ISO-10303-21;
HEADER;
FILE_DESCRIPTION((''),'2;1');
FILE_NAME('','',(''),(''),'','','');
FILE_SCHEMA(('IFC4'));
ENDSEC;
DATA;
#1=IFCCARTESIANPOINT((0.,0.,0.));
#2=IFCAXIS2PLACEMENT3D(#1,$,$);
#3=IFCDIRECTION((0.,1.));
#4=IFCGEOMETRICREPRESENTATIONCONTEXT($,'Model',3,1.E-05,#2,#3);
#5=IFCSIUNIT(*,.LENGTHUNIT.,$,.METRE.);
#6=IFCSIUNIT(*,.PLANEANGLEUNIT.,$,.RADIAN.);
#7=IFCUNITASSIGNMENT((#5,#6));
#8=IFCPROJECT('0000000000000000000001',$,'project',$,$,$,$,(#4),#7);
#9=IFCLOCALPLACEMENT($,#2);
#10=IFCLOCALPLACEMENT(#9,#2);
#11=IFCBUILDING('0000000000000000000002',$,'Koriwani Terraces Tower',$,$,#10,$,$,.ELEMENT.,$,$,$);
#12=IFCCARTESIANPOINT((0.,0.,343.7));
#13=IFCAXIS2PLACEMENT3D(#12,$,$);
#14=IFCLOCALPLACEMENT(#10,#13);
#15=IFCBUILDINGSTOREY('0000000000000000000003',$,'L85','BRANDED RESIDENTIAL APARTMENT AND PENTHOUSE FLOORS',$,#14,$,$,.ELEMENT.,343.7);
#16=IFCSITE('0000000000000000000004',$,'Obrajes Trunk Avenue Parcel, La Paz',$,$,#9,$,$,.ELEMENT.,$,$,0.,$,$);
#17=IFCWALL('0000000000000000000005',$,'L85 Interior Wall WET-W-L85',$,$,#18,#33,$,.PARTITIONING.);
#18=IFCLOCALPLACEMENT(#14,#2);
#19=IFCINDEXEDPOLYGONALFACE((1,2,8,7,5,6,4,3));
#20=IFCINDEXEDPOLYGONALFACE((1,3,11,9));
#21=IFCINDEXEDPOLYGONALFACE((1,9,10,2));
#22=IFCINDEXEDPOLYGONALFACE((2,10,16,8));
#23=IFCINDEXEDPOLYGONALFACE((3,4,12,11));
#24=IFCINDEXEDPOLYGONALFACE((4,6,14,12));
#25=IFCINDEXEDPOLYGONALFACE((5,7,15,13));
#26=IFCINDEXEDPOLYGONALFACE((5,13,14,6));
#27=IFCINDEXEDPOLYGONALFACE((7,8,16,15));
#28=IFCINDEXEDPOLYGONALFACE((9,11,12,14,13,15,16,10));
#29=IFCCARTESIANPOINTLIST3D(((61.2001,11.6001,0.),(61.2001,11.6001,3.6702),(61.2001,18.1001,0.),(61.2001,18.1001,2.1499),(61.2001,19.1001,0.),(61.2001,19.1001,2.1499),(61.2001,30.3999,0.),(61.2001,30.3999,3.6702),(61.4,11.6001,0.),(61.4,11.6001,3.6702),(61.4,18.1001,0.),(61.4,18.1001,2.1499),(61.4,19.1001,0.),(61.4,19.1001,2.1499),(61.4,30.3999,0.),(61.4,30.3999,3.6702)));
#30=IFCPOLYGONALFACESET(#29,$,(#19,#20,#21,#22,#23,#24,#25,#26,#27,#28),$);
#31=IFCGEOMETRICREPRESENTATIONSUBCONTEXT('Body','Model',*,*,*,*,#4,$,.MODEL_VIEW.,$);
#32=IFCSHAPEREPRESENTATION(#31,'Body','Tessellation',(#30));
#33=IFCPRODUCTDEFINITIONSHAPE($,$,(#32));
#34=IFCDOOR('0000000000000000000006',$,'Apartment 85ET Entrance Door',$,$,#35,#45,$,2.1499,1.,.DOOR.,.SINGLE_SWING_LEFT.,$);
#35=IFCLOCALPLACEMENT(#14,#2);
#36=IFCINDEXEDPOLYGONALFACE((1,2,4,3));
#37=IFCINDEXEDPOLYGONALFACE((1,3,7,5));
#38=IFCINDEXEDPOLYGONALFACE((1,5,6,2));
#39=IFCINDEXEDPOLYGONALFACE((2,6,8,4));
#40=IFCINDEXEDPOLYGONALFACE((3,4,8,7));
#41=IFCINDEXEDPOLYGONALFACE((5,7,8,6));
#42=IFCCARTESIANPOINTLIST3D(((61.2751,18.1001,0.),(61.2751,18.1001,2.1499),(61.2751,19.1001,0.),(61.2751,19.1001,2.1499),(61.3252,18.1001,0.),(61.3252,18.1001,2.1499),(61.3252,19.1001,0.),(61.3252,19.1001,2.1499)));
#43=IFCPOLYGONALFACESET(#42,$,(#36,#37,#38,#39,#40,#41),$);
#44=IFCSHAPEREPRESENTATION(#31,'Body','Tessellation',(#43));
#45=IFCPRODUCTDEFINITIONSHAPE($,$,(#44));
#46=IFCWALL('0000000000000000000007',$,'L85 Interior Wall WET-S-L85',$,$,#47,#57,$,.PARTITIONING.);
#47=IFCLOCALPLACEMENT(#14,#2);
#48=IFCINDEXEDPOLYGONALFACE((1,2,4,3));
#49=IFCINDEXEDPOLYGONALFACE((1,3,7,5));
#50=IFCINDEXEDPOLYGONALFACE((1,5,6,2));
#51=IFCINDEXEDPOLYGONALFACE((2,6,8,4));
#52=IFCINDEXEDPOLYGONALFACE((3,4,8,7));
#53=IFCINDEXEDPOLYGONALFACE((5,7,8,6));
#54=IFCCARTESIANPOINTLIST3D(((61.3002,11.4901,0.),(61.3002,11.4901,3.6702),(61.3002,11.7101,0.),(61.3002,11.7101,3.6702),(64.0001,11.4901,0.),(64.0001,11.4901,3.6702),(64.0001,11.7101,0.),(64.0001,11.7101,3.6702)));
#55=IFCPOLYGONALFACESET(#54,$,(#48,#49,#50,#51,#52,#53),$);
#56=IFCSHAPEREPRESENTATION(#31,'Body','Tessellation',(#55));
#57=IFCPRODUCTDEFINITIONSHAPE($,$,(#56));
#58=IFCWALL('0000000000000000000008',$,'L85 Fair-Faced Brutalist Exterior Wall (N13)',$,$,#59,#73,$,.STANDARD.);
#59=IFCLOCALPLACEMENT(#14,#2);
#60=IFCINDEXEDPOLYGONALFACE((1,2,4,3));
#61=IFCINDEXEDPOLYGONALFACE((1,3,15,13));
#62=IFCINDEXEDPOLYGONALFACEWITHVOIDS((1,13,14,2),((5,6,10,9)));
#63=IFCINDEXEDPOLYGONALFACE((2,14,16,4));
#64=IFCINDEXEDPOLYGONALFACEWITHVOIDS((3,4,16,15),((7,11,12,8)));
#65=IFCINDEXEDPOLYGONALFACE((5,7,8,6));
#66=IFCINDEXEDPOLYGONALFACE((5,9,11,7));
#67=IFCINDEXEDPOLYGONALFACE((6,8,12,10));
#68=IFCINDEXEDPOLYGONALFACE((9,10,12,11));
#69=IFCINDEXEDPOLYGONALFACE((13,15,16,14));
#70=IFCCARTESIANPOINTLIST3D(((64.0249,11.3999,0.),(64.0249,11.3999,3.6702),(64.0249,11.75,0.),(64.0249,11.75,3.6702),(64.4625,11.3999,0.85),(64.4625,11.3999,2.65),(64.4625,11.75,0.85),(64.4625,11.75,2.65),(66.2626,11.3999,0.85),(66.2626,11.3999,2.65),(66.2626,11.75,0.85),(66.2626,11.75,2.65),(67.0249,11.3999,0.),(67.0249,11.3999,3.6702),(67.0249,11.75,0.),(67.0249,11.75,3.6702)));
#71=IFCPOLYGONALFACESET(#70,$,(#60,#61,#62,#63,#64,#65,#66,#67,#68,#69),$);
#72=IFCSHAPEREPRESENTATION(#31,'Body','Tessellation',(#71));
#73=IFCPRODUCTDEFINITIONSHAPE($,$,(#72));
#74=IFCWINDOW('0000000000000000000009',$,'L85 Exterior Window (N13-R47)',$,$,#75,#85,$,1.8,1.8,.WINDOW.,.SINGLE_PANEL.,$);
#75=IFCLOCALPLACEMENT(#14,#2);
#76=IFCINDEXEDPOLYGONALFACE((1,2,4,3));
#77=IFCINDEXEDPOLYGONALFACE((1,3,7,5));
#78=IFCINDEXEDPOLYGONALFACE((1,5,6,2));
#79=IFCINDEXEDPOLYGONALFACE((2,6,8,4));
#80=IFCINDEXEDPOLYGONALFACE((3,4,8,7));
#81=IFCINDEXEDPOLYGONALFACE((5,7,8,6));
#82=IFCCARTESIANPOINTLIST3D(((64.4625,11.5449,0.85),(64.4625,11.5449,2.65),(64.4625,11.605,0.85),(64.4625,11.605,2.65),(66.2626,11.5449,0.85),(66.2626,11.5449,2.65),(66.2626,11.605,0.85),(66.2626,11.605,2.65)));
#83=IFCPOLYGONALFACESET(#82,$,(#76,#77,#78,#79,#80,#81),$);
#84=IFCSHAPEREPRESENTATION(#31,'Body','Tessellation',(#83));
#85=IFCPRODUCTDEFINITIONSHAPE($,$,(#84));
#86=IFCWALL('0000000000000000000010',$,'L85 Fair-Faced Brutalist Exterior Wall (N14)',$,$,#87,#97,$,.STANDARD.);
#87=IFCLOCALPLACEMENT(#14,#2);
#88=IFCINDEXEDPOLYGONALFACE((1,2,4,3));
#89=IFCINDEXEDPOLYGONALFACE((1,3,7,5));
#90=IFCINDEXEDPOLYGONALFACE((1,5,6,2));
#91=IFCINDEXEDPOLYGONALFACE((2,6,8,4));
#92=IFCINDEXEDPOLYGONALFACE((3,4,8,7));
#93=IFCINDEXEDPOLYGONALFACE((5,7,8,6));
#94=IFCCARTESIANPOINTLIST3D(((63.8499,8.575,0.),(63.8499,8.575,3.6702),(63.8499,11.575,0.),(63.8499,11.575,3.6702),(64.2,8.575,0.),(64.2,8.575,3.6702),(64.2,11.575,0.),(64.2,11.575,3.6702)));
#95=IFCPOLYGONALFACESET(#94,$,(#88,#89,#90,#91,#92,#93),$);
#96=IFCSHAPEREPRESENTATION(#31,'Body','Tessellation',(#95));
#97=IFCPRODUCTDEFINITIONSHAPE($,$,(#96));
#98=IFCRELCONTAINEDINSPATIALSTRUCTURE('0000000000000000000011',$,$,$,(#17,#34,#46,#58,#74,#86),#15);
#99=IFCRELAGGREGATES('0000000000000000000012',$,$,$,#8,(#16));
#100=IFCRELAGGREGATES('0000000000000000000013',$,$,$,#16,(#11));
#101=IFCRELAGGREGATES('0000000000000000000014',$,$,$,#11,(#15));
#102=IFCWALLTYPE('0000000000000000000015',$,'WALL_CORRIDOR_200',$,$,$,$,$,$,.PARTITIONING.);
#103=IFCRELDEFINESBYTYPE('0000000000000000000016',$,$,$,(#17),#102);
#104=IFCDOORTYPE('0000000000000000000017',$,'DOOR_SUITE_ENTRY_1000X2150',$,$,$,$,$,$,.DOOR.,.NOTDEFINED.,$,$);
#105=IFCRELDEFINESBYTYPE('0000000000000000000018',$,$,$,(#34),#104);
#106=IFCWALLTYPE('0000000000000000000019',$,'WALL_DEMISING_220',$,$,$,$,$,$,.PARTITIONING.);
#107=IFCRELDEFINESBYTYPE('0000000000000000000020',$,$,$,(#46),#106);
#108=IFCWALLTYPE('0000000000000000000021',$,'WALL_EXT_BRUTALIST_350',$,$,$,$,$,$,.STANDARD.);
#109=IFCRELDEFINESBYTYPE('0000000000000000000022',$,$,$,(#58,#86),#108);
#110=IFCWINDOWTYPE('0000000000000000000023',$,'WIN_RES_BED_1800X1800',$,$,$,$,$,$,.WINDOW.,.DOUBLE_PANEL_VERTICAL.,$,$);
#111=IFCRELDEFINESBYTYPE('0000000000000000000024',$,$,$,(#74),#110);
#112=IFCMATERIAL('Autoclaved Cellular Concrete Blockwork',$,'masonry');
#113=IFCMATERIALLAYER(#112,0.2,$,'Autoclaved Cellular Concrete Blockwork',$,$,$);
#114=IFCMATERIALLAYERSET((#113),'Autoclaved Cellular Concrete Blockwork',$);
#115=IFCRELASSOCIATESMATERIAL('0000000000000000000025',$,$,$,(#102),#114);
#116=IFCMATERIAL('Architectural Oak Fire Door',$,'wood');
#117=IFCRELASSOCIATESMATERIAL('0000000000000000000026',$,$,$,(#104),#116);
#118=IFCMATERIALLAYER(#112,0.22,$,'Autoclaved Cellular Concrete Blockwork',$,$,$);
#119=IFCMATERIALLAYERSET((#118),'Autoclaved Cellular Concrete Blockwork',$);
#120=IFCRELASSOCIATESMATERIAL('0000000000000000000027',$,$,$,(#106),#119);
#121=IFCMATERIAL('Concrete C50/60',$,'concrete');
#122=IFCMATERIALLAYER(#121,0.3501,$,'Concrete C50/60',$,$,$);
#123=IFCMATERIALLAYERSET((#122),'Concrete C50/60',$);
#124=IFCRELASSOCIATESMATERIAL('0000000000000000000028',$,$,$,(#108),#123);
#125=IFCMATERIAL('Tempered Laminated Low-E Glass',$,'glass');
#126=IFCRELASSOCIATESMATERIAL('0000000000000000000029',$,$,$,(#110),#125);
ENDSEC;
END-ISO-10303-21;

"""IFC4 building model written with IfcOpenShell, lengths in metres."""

from ifc_helpers import new_model, si_unit, direction, frame, frame_2d, origin, place, context, subcontext, project, spatial, rectangle, extrude, material, layer, layer_set, type_object, element, fill, save


model = new_model("IFC4")

# Units and contexts
model_context = context("Model", 3, precision=1e-05, world=origin(), true_north=direction((0.0, 1.0)))
body_context = subcontext(model_context, "Body", "Model", "MODEL_VIEW")
ifc_project = project(units=[si_unit("LENGTHUNIT", "METRE"), si_unit("PLANEANGLEUNIT", "RADIAN")], contexts=[model_context])

# Site, building, storey
site_placement = place(None, origin())
site = spatial("IfcSite", under=ifc_project, at=site_placement, Name="Obrajes Trunk Avenue Parcel, La Paz", CompositionType="ELEMENT", RefElevation=0.0)
building_placement = place(site_placement, origin())
building = spatial("IfcBuilding", under=site, at=building_placement, Name="Koriwani Terraces Tower", CompositionType="ELEMENT")
storey_placement = place(building_placement, frame((0.0, 0.0, 343.7)))
storey = spatial("IfcBuildingStorey", under=building, at=storey_placement, Name="L85", Description="BRANDED RESIDENTIAL APARTMENT AND PENTHOUSE FLOORS", CompositionType="ELEMENT", Elevation=343.7)

# Shared definitions
ifc_material_1 = material(Name="Concrete C50/60", Category="concrete")

# Wall, opening, door
ifc_material_2 = material(Name="Autoclaved Cellular Concrete Blockwork", Category="masonry")
ifc_layer_1 = layer(ifc_material_2, 0.2, Name="Autoclaved Cellular Concrete Blockwork")
ifc_layer_set_1 = layer_set([ifc_layer_1], Name="Autoclaved Cellular Concrete Blockwork")
wall_type_1 = type_object("IfcWallType", Name="WALL_CORRIDOR_200", PredefinedType="PARTITIONING", material=ifc_layer_set_1)
ifc_material_3 = material(Name="Architectural Oak Fire Door", Category="wood")
wall_1_placement = place(storey_placement, frame((61.3, 11.6001, 0.0), z_axis=(0.0, 0.0, 1.0), x_axis=(0.0, 1.0, 0.0)))
wall_1 = element("IfcWall", 1, at=wall_1_placement, inside=storey, type_object=wall_type_1, Name="L85 Interior Wall WET-W-L85", PredefinedType="PARTITIONING", context=body_context, shape_type="SweptSolid", body=[
    extrude(rectangle(XDim=18.7998, YDim=0.2, at=frame_2d((9.3999, 0.0))), origin(), (0.0, 0.0, 1.0), 3.6702),
])
opening_1_placement = place(wall_1_placement, frame((6.5, 0.0, 0.0)))
opening_1 = element("IfcOpeningElement", 2, at=opening_1_placement, cuts=wall_1, PredefinedType="OPENING", context=body_context, shape_type="SweptSolid", body=[
    extrude(rectangle(XDim=1.0, YDim=2.1499, at=frame_2d((0.5, 1.075))), frame((0.0, 0.1099, 0.0), z_axis=(0.0, -1.0, 0.0), x_axis=(1.0, 0.0, 0.0)), (0.0, 0.0, 1.0), 0.22),
])
door_type_1 = type_object("IfcDoorType", Name="DOOR_SUITE_ENTRY_1000X2150", OperationType="NOTDEFINED", PredefinedType="DOOR", material=ifc_material_3)
door_1_placement = place(opening_1_placement, origin())
door_1 = element("IfcDoor", 3, at=door_1_placement, inside=storey, type_object=door_type_1, Name="Apartment 85ET Entrance Door", OperationType="SINGLE_SWING_LEFT", OverallHeight=2.1499, OverallWidth=1.0, PredefinedType="DOOR", context=body_context, shape_type="SweptSolid", body=[
    extrude(rectangle(XDim=1.0, YDim=2.1499, at=frame_2d((0.5, 1.075))), frame((0.0, 0.0249, 0.0), z_axis=(0.0, -1.0, 0.0), x_axis=(1.0, 0.0, 0.0)), (0.0, 0.0, 1.0), 0.05),
])
fill(opening_1, door_1)

# Wall
ifc_layer_2 = layer(ifc_material_2, 0.22, Name="Autoclaved Cellular Concrete Blockwork")
ifc_layer_set_2 = layer_set([ifc_layer_2], Name="Autoclaved Cellular Concrete Blockwork")
wall_type_2 = type_object("IfcWallType", Name="WALL_DEMISING_220", PredefinedType="PARTITIONING", material=ifc_layer_set_2)
wall_2_placement = place(storey_placement, frame((61.3, 11.6001, 0.0), z_axis=(0.0, 0.0, 1.0), x_axis=(1.0, 0.0, 0.0)))
element("IfcWall", 4, at=wall_2_placement, inside=storey, type_object=wall_type_2, Name="L85 Interior Wall WET-S-L85", PredefinedType="PARTITIONING", context=body_context, shape_type="SweptSolid", body=[
    extrude(rectangle(XDim=2.7, YDim=0.22, at=frame_2d((1.3501, 0.0))), origin(), (0.0, 0.0, 1.0), 3.6702),
])

# Wall, opening, window
ifc_layer_3 = layer(ifc_material_1, 0.3501, Name="Concrete C50/60")
ifc_layer_set_3 = layer_set([ifc_layer_3], Name="Concrete C50/60")
wall_type_3 = type_object("IfcWallType", Name="WALL_EXT_BRUTALIST_350", PredefinedType="STANDARD", material=ifc_layer_set_3)
wall_3_placement = place(storey_placement, frame((67.0249, 11.575, 0.0), z_axis=(0.0, 0.0, 1.0), x_axis=(-1.0, 0.0, 0.0)))
wall_3 = element("IfcWall", 5, at=wall_3_placement, inside=storey, type_object=wall_type_3, Name="L85 Fair-Faced Brutalist Exterior Wall (N13)", PredefinedType="STANDARD", context=body_context, shape_type="SweptSolid", body=[
    extrude(rectangle(XDim=3.0, YDim=0.3501, at=frame_2d((1.5, 0.0))), origin(), (0.0, 0.0, 1.0), 3.6702),
])
opening_2_placement = place(wall_3_placement, frame((0.7625, 0.0, 0.8501)))
opening_2 = element("IfcOpeningElement", 6, at=opening_2_placement, cuts=wall_3, PredefinedType="OPENING", context=body_context, shape_type="SweptSolid", body=[
    extrude(rectangle(XDim=1.8, YDim=1.8, at=frame_2d((0.8999, 0.8999))), frame((0.0, 0.1851, 0.0), z_axis=(0.0, -1.0, 0.0), x_axis=(1.0, 0.0, 0.0)), (0.0, 0.0, 1.0), 0.3701),
])
ifc_material_4 = material(Name="Tempered Laminated Low-E Glass", Category="glass")
window_type_1 = type_object("IfcWindowType", Name="WIN_RES_BED_1800X1800", PartitioningType="DOUBLE_PANEL_VERTICAL", PredefinedType="WINDOW", material=ifc_material_4)
window_1_placement = place(opening_2_placement, origin())
window_1 = element("IfcWindow", 7, at=window_1_placement, inside=storey, type_object=window_type_1, Name="L85 Exterior Window (N13-R47)", OverallHeight=1.8, OverallWidth=1.8, PartitioningType="SINGLE_PANEL", PredefinedType="WINDOW", context=body_context, shape_type="SweptSolid", body=[
    extrude(rectangle(XDim=1.8, YDim=1.8, at=frame_2d((0.8999, 0.8999))), frame((0.0, 0.03, 0.0), z_axis=(0.0, -1.0, 0.0), x_axis=(1.0, 0.0, 0.0)), (0.0, 0.0, 1.0), 0.0601),
])
fill(opening_2, window_1)

# Wall
wall_4_placement = place(storey_placement, frame((64.0249, 11.575, 0.0), z_axis=(0.0, 0.0, 1.0), x_axis=(0.0, -1.0, 0.0)))
element("IfcWall", 8, at=wall_4_placement, inside=storey, type_object=wall_type_3, Name="L85 Fair-Faced Brutalist Exterior Wall (N14)", PredefinedType="STANDARD", context=body_context, shape_type="SweptSolid", body=[
    extrude(rectangle(XDim=3.0, YDim=0.3501, at=frame_2d((1.5, 0.0))), origin(), (0.0, 0.0, 1.0), 3.6702),
])

save(model, "model.ifc")
